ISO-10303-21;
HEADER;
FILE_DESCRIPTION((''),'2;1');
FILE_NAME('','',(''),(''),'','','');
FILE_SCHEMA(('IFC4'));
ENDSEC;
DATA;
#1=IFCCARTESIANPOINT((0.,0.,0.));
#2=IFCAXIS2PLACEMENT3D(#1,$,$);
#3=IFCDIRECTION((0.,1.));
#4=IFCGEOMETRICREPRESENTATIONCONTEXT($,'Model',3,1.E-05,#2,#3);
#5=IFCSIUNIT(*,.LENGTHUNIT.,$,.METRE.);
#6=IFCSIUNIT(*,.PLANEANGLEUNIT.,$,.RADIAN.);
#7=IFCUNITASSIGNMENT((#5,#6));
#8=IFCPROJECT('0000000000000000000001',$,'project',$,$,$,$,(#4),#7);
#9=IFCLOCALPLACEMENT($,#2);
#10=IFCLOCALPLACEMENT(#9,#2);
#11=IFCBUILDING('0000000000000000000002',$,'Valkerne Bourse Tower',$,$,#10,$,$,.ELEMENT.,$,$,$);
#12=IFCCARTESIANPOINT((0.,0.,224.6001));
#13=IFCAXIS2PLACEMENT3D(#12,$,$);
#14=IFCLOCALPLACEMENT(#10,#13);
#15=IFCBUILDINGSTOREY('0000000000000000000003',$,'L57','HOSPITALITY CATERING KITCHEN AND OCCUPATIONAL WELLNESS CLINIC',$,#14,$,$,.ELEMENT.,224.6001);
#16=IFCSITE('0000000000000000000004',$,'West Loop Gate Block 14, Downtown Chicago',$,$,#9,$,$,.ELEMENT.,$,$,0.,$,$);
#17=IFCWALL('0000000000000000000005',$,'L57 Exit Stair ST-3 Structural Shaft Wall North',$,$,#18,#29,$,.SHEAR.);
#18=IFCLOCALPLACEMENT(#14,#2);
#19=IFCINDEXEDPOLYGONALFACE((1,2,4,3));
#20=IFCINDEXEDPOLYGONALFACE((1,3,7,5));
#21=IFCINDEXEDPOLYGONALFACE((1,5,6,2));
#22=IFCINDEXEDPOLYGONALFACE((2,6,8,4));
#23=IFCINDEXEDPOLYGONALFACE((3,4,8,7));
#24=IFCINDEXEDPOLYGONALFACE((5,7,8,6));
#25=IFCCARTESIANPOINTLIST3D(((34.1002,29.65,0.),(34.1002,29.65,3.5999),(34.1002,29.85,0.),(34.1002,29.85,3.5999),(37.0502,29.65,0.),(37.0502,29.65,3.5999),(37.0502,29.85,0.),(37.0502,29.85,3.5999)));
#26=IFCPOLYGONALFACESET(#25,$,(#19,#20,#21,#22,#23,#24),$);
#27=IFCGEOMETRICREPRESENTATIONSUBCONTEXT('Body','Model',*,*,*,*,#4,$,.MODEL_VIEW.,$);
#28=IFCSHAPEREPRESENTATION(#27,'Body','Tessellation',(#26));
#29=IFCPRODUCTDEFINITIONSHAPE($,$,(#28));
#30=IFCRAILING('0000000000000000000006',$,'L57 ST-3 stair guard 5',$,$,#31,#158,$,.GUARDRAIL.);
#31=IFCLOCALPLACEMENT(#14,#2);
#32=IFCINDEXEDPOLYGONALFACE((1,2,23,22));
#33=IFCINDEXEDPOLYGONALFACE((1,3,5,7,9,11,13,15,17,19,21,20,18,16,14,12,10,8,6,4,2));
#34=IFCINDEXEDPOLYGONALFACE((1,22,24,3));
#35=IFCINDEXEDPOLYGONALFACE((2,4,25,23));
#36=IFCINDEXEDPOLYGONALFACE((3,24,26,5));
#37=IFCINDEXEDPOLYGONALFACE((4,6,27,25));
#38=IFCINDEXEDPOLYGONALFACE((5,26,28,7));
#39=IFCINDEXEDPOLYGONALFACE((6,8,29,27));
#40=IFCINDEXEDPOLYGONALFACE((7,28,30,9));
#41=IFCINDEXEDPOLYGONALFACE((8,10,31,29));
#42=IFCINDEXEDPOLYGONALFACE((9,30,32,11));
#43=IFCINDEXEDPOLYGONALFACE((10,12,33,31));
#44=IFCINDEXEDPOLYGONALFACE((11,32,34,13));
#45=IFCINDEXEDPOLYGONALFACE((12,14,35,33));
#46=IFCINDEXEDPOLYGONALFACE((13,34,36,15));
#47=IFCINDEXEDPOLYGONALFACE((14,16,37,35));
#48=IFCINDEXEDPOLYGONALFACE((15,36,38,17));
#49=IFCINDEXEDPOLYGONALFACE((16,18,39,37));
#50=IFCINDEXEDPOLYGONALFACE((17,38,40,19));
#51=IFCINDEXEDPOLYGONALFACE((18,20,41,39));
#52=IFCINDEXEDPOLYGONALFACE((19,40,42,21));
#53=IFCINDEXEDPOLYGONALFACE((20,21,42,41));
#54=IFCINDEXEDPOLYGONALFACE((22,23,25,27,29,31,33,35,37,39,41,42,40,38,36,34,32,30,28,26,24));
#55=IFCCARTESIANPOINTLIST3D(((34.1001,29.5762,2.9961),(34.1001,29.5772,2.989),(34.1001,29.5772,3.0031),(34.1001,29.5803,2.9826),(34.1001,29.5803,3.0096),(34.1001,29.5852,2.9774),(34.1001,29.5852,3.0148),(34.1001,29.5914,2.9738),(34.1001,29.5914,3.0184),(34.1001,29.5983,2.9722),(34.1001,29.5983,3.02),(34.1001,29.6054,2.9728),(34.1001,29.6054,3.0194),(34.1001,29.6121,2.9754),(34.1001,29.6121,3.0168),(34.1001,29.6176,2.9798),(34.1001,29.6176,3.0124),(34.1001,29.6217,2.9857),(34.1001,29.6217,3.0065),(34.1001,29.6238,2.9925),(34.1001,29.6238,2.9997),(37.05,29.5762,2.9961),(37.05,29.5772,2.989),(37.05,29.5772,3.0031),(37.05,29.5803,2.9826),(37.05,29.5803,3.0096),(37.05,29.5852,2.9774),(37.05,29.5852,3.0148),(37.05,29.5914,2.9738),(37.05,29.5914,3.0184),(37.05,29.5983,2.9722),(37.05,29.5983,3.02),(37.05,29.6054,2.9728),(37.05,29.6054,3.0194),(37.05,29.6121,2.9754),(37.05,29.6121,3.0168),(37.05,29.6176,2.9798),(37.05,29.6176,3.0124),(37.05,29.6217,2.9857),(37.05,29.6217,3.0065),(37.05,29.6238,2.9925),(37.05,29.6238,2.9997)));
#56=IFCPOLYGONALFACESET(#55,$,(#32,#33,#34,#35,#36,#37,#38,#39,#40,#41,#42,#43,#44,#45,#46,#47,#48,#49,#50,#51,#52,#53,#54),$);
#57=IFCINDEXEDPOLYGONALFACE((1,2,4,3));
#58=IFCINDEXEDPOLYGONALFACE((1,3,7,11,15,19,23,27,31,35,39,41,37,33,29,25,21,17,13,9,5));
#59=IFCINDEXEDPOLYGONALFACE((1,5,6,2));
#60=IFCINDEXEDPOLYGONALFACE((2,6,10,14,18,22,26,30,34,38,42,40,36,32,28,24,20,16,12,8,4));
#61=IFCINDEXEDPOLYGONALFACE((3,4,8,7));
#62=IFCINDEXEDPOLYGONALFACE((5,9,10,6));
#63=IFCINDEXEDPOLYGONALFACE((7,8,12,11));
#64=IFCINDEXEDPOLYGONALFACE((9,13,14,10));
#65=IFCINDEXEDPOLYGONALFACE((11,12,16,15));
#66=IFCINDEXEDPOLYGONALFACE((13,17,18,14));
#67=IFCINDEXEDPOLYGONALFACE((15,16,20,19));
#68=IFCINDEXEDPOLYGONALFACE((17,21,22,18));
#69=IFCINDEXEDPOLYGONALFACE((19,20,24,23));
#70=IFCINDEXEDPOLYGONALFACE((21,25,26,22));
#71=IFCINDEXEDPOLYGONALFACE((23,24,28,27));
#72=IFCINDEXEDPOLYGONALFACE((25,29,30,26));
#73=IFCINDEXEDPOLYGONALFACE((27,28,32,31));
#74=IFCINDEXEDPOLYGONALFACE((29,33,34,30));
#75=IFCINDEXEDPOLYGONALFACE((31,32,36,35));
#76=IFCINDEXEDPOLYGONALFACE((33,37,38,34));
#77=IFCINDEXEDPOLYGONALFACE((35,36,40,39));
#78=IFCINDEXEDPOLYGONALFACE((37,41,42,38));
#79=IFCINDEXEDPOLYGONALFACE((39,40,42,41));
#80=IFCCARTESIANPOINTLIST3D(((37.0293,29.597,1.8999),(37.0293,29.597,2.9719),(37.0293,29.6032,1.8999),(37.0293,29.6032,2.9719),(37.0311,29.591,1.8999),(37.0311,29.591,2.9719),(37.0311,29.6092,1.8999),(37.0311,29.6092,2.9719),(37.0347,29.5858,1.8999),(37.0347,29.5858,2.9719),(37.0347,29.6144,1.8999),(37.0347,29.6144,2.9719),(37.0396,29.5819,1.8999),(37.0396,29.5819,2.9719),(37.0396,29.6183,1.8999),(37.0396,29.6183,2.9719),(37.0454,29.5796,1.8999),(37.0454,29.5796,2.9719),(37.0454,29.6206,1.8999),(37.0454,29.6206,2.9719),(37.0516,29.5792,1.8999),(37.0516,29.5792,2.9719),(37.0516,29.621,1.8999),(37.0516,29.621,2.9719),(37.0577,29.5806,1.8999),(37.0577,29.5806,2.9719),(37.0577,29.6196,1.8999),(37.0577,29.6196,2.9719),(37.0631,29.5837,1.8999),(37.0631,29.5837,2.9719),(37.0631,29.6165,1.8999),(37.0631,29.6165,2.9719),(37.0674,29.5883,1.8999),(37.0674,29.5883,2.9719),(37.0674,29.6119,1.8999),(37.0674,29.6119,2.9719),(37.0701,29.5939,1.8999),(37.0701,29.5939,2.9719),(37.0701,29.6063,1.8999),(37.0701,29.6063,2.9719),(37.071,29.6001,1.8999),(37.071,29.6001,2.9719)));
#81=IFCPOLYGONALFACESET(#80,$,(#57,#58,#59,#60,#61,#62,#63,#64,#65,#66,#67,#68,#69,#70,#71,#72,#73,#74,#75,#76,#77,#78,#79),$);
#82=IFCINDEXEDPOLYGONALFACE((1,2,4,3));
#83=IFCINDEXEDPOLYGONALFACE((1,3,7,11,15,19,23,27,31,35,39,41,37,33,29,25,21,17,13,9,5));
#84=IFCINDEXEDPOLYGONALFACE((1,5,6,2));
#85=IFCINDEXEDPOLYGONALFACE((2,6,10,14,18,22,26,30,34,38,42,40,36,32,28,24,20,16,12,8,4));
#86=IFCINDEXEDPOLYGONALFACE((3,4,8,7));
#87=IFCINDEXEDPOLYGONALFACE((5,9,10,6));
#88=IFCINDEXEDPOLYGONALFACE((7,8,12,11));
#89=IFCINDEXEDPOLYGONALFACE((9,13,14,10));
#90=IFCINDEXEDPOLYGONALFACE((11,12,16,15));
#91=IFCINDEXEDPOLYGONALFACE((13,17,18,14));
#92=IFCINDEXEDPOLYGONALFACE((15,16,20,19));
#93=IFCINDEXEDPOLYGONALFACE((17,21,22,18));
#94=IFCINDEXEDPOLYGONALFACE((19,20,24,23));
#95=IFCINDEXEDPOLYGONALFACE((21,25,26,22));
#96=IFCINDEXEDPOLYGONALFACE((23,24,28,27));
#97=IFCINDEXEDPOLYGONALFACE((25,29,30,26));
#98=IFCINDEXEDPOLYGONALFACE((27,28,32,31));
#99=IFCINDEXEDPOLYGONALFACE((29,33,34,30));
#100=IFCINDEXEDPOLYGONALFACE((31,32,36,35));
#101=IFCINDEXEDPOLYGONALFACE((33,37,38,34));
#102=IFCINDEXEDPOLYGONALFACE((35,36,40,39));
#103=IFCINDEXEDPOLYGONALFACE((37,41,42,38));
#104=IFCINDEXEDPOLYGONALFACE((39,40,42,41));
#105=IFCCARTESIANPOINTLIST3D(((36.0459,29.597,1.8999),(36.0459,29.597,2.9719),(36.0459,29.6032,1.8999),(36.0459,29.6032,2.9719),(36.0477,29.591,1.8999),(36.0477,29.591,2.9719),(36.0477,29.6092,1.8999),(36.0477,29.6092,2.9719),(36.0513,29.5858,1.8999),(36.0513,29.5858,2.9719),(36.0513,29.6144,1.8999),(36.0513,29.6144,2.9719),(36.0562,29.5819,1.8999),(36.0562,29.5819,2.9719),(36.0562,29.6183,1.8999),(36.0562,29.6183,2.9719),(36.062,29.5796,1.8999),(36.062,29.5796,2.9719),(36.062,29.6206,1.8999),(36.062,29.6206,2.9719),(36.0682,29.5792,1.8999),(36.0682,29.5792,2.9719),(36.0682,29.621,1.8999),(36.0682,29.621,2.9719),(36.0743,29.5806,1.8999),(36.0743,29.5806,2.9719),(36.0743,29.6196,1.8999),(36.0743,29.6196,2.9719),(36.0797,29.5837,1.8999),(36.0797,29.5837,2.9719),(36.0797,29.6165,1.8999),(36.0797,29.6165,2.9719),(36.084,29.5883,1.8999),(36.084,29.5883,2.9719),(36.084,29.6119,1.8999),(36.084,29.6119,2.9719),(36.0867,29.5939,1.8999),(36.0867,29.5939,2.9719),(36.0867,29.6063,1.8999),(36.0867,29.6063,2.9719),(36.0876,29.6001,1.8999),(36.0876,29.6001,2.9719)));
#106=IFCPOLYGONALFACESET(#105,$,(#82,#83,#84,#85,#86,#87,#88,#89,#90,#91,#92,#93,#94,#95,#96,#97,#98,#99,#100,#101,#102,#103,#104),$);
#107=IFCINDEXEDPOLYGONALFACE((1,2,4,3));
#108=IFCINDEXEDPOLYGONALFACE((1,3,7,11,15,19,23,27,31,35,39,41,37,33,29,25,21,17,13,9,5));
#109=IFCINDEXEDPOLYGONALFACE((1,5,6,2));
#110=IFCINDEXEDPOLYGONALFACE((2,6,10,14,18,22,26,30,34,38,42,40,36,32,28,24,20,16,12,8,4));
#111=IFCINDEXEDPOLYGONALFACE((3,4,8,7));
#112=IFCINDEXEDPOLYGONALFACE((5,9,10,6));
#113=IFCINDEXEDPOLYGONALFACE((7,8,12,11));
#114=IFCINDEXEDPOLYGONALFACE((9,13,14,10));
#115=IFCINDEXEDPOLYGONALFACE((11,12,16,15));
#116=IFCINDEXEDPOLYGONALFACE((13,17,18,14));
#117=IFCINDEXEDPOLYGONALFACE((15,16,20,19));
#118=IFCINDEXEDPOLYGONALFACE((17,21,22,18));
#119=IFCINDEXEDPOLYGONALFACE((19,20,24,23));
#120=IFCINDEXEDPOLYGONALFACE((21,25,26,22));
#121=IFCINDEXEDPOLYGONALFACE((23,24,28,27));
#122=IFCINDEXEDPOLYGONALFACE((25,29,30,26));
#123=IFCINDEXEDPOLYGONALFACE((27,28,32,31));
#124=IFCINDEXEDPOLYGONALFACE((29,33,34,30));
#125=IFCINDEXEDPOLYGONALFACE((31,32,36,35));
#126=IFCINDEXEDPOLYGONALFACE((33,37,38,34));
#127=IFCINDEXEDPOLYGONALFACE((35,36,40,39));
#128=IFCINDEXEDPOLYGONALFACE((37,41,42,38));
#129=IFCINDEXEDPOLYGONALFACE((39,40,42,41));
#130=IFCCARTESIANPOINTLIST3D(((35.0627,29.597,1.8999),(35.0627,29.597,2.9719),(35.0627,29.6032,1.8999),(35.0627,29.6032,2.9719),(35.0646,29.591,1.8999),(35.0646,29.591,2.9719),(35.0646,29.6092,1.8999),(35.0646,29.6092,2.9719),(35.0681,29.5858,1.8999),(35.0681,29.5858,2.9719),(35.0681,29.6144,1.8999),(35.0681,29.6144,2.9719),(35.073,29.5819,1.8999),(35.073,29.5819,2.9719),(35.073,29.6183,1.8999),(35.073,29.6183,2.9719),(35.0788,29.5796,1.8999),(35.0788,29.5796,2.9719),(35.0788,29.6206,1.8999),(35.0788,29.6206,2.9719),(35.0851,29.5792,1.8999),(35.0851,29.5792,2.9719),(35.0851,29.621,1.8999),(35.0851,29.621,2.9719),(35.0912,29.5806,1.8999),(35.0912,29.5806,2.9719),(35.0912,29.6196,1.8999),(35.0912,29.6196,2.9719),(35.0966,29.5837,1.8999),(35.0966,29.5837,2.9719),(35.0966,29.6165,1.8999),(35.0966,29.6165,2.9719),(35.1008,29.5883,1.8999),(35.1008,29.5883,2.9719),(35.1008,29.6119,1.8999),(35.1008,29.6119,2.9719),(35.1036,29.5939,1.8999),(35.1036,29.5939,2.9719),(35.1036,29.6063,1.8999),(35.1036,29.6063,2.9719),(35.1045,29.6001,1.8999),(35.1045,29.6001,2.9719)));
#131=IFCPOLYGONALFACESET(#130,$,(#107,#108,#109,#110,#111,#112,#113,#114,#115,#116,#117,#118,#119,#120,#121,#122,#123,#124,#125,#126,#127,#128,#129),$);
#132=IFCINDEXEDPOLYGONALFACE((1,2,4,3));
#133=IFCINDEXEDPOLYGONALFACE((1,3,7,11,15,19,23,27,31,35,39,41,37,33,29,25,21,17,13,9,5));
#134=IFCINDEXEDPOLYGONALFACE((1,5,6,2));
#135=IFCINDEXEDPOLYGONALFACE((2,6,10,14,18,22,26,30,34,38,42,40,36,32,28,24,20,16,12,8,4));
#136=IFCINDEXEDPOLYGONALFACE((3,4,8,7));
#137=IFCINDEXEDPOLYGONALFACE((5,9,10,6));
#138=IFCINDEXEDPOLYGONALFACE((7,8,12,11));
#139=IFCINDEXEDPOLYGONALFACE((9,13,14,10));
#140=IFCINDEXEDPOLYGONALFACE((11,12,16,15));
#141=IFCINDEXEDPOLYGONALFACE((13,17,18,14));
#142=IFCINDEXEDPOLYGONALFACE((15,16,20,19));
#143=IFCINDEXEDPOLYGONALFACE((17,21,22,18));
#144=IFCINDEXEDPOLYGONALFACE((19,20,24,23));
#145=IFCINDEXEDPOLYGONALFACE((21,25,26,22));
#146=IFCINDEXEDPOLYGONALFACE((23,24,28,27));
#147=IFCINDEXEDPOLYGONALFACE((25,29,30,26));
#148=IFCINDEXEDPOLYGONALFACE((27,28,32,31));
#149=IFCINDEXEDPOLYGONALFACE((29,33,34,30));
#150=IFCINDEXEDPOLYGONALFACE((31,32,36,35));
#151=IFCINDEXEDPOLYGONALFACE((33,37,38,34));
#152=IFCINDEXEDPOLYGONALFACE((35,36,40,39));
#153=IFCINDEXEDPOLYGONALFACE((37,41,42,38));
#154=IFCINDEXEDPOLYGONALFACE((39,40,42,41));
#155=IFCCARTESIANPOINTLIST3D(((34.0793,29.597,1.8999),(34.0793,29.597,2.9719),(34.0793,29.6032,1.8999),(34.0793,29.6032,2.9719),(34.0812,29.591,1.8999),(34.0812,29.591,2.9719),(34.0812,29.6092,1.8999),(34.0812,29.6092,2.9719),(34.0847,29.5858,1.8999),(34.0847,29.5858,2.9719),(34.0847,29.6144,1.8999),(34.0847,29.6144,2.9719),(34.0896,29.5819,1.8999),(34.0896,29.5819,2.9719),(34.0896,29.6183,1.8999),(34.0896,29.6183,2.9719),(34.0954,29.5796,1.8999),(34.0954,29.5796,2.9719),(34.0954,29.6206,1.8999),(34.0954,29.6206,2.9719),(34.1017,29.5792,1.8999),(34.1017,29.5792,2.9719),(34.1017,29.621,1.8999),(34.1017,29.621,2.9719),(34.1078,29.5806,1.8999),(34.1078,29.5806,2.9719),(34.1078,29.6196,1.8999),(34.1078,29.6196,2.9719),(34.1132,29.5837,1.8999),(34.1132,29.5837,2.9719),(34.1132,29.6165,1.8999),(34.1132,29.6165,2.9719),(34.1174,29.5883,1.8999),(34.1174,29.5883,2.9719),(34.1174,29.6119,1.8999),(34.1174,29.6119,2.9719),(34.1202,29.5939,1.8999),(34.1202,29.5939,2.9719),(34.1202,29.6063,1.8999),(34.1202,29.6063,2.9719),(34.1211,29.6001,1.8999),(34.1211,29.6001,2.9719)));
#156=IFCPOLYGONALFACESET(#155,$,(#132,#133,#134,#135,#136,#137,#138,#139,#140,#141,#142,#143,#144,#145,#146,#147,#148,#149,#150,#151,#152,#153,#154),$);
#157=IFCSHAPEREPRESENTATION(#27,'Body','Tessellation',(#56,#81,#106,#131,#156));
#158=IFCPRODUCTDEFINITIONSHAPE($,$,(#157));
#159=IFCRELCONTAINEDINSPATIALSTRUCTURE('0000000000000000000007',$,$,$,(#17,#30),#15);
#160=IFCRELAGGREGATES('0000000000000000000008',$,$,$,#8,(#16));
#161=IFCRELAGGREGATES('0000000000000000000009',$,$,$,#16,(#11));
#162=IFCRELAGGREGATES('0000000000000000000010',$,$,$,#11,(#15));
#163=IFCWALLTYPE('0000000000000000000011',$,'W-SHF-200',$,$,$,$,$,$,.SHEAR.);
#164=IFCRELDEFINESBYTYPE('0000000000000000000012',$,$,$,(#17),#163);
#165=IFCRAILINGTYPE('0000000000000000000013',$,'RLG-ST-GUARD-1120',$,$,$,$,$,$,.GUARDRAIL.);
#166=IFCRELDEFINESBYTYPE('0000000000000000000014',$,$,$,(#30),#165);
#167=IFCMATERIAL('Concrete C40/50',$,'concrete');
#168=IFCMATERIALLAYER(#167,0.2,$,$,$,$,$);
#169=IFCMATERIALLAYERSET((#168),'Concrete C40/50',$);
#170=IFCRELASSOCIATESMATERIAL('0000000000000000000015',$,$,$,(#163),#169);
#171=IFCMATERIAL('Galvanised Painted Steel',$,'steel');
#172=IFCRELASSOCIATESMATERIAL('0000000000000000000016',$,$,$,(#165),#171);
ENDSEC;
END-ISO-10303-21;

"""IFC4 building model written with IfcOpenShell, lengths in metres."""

from ifc_helpers import new_model, si_unit, direction, frame, frame_2d, origin, origin_2d, place, context, subcontext, project, spatial, rectangle, circle, extrude, material, layer, layer_set, type_object, element, save


model = new_model("IFC4")

# Units and contexts
model_context = context("Model", 3, precision=1e-05, world=origin(), true_north=direction((0.0, 1.0)))
body_context = subcontext(model_context, "Body", "Model", "MODEL_VIEW")
ifc_project = project(units=[si_unit("LENGTHUNIT", "METRE"), si_unit("PLANEANGLEUNIT", "RADIAN")], contexts=[model_context])

# Site, building, storey
site_placement = place(None, origin())
site = spatial("IfcSite", under=ifc_project, at=site_placement, Name="West Loop Gate Block 14, Downtown Chicago", CompositionType="ELEMENT", RefElevation=0.0)
building_placement = place(site_placement, origin())
building = spatial("IfcBuilding", under=site, at=building_placement, Name="Valkerne Bourse Tower", CompositionType="ELEMENT")
storey_placement = place(building_placement, frame((0.0, 0.0, 224.6001)))
storey = spatial("IfcBuildingStorey", under=building, at=storey_placement, Name="L57", Description="HOSPITALITY CATERING KITCHEN AND OCCUPATIONAL WELLNESS CLINIC", CompositionType="ELEMENT", Elevation=224.6001)

# Shared definitions
ifc_material_1 = material(Name="Galvanised Painted Steel", Category="steel")

# Wall
ifc_material_2 = material(Name="Concrete C40/50", Category="concrete")
ifc_layer_1 = layer(ifc_material_2, 0.2)
ifc_layer_set_1 = layer_set([ifc_layer_1], Name="Concrete C40/50")
wall_type_1 = type_object("IfcWallType", Name="W-SHF-200", PredefinedType="SHEAR", material=ifc_layer_set_1)
wall_1_placement = place(storey_placement, frame((34.1001, 29.75, 0.0), z_axis=(0.0, 0.0, 1.0), x_axis=(1.0, 0.0, 0.0)))
element("IfcWall", 1, at=wall_1_placement, inside=storey, type_object=wall_type_1, Name="L57 Exit Stair ST-3 Structural Shaft Wall North", PredefinedType="SHEAR", context=body_context, shape_type="SweptSolid", body=[
    extrude(rectangle(XDim=2.95, YDim=0.2, at=frame_2d((1.4751, 0.0))), origin(), (0.0, 0.0, 1.0), 3.5999),
])

# Railing
railing_type = type_object("IfcRailingType", Name="RLG-ST-GUARD-1120", PredefinedType="GUARDRAIL", material=ifc_material_1)
railing_1_placement = place(storey_placement, frame((37.05, 29.6001, 1.8999)))
element("IfcRailing", 2, at=railing_1_placement, inside=storey, type_object=railing_type, Name="L57 ST-3 stair guard 5", PredefinedType="GUARDRAIL", context=body_context, shape_type="SweptSolid", body=[
    extrude(circle(Radius=0.0239, at=origin_2d()), frame((0.0, 0.0, 1.0962), z_axis=(-1.0, 0.0, 0.0), x_axis=(0.0, -1.0, 0.0)), (0.0, 0.0, 1.0), 2.95),
    extrude(circle(Radius=0.021, at=origin_2d()), origin(), (0.0, 0.0, 1.0), 1.072),
    extrude(circle(Radius=0.021, at=origin_2d()), frame((-0.9834, 0.0, 0.0)), (0.0, 0.0, 1.0), 1.072),
    extrude(circle(Radius=0.021, at=origin_2d()), frame((-1.9666, 0.0, 0.0)), (0.0, 0.0, 1.0), 1.072),
    extrude(circle(Radius=0.021, at=origin_2d()), frame((-2.95, 0.0, 0.0)), (0.0, 0.0, 1.0), 1.072),
])

save(model, "model.ifc")
